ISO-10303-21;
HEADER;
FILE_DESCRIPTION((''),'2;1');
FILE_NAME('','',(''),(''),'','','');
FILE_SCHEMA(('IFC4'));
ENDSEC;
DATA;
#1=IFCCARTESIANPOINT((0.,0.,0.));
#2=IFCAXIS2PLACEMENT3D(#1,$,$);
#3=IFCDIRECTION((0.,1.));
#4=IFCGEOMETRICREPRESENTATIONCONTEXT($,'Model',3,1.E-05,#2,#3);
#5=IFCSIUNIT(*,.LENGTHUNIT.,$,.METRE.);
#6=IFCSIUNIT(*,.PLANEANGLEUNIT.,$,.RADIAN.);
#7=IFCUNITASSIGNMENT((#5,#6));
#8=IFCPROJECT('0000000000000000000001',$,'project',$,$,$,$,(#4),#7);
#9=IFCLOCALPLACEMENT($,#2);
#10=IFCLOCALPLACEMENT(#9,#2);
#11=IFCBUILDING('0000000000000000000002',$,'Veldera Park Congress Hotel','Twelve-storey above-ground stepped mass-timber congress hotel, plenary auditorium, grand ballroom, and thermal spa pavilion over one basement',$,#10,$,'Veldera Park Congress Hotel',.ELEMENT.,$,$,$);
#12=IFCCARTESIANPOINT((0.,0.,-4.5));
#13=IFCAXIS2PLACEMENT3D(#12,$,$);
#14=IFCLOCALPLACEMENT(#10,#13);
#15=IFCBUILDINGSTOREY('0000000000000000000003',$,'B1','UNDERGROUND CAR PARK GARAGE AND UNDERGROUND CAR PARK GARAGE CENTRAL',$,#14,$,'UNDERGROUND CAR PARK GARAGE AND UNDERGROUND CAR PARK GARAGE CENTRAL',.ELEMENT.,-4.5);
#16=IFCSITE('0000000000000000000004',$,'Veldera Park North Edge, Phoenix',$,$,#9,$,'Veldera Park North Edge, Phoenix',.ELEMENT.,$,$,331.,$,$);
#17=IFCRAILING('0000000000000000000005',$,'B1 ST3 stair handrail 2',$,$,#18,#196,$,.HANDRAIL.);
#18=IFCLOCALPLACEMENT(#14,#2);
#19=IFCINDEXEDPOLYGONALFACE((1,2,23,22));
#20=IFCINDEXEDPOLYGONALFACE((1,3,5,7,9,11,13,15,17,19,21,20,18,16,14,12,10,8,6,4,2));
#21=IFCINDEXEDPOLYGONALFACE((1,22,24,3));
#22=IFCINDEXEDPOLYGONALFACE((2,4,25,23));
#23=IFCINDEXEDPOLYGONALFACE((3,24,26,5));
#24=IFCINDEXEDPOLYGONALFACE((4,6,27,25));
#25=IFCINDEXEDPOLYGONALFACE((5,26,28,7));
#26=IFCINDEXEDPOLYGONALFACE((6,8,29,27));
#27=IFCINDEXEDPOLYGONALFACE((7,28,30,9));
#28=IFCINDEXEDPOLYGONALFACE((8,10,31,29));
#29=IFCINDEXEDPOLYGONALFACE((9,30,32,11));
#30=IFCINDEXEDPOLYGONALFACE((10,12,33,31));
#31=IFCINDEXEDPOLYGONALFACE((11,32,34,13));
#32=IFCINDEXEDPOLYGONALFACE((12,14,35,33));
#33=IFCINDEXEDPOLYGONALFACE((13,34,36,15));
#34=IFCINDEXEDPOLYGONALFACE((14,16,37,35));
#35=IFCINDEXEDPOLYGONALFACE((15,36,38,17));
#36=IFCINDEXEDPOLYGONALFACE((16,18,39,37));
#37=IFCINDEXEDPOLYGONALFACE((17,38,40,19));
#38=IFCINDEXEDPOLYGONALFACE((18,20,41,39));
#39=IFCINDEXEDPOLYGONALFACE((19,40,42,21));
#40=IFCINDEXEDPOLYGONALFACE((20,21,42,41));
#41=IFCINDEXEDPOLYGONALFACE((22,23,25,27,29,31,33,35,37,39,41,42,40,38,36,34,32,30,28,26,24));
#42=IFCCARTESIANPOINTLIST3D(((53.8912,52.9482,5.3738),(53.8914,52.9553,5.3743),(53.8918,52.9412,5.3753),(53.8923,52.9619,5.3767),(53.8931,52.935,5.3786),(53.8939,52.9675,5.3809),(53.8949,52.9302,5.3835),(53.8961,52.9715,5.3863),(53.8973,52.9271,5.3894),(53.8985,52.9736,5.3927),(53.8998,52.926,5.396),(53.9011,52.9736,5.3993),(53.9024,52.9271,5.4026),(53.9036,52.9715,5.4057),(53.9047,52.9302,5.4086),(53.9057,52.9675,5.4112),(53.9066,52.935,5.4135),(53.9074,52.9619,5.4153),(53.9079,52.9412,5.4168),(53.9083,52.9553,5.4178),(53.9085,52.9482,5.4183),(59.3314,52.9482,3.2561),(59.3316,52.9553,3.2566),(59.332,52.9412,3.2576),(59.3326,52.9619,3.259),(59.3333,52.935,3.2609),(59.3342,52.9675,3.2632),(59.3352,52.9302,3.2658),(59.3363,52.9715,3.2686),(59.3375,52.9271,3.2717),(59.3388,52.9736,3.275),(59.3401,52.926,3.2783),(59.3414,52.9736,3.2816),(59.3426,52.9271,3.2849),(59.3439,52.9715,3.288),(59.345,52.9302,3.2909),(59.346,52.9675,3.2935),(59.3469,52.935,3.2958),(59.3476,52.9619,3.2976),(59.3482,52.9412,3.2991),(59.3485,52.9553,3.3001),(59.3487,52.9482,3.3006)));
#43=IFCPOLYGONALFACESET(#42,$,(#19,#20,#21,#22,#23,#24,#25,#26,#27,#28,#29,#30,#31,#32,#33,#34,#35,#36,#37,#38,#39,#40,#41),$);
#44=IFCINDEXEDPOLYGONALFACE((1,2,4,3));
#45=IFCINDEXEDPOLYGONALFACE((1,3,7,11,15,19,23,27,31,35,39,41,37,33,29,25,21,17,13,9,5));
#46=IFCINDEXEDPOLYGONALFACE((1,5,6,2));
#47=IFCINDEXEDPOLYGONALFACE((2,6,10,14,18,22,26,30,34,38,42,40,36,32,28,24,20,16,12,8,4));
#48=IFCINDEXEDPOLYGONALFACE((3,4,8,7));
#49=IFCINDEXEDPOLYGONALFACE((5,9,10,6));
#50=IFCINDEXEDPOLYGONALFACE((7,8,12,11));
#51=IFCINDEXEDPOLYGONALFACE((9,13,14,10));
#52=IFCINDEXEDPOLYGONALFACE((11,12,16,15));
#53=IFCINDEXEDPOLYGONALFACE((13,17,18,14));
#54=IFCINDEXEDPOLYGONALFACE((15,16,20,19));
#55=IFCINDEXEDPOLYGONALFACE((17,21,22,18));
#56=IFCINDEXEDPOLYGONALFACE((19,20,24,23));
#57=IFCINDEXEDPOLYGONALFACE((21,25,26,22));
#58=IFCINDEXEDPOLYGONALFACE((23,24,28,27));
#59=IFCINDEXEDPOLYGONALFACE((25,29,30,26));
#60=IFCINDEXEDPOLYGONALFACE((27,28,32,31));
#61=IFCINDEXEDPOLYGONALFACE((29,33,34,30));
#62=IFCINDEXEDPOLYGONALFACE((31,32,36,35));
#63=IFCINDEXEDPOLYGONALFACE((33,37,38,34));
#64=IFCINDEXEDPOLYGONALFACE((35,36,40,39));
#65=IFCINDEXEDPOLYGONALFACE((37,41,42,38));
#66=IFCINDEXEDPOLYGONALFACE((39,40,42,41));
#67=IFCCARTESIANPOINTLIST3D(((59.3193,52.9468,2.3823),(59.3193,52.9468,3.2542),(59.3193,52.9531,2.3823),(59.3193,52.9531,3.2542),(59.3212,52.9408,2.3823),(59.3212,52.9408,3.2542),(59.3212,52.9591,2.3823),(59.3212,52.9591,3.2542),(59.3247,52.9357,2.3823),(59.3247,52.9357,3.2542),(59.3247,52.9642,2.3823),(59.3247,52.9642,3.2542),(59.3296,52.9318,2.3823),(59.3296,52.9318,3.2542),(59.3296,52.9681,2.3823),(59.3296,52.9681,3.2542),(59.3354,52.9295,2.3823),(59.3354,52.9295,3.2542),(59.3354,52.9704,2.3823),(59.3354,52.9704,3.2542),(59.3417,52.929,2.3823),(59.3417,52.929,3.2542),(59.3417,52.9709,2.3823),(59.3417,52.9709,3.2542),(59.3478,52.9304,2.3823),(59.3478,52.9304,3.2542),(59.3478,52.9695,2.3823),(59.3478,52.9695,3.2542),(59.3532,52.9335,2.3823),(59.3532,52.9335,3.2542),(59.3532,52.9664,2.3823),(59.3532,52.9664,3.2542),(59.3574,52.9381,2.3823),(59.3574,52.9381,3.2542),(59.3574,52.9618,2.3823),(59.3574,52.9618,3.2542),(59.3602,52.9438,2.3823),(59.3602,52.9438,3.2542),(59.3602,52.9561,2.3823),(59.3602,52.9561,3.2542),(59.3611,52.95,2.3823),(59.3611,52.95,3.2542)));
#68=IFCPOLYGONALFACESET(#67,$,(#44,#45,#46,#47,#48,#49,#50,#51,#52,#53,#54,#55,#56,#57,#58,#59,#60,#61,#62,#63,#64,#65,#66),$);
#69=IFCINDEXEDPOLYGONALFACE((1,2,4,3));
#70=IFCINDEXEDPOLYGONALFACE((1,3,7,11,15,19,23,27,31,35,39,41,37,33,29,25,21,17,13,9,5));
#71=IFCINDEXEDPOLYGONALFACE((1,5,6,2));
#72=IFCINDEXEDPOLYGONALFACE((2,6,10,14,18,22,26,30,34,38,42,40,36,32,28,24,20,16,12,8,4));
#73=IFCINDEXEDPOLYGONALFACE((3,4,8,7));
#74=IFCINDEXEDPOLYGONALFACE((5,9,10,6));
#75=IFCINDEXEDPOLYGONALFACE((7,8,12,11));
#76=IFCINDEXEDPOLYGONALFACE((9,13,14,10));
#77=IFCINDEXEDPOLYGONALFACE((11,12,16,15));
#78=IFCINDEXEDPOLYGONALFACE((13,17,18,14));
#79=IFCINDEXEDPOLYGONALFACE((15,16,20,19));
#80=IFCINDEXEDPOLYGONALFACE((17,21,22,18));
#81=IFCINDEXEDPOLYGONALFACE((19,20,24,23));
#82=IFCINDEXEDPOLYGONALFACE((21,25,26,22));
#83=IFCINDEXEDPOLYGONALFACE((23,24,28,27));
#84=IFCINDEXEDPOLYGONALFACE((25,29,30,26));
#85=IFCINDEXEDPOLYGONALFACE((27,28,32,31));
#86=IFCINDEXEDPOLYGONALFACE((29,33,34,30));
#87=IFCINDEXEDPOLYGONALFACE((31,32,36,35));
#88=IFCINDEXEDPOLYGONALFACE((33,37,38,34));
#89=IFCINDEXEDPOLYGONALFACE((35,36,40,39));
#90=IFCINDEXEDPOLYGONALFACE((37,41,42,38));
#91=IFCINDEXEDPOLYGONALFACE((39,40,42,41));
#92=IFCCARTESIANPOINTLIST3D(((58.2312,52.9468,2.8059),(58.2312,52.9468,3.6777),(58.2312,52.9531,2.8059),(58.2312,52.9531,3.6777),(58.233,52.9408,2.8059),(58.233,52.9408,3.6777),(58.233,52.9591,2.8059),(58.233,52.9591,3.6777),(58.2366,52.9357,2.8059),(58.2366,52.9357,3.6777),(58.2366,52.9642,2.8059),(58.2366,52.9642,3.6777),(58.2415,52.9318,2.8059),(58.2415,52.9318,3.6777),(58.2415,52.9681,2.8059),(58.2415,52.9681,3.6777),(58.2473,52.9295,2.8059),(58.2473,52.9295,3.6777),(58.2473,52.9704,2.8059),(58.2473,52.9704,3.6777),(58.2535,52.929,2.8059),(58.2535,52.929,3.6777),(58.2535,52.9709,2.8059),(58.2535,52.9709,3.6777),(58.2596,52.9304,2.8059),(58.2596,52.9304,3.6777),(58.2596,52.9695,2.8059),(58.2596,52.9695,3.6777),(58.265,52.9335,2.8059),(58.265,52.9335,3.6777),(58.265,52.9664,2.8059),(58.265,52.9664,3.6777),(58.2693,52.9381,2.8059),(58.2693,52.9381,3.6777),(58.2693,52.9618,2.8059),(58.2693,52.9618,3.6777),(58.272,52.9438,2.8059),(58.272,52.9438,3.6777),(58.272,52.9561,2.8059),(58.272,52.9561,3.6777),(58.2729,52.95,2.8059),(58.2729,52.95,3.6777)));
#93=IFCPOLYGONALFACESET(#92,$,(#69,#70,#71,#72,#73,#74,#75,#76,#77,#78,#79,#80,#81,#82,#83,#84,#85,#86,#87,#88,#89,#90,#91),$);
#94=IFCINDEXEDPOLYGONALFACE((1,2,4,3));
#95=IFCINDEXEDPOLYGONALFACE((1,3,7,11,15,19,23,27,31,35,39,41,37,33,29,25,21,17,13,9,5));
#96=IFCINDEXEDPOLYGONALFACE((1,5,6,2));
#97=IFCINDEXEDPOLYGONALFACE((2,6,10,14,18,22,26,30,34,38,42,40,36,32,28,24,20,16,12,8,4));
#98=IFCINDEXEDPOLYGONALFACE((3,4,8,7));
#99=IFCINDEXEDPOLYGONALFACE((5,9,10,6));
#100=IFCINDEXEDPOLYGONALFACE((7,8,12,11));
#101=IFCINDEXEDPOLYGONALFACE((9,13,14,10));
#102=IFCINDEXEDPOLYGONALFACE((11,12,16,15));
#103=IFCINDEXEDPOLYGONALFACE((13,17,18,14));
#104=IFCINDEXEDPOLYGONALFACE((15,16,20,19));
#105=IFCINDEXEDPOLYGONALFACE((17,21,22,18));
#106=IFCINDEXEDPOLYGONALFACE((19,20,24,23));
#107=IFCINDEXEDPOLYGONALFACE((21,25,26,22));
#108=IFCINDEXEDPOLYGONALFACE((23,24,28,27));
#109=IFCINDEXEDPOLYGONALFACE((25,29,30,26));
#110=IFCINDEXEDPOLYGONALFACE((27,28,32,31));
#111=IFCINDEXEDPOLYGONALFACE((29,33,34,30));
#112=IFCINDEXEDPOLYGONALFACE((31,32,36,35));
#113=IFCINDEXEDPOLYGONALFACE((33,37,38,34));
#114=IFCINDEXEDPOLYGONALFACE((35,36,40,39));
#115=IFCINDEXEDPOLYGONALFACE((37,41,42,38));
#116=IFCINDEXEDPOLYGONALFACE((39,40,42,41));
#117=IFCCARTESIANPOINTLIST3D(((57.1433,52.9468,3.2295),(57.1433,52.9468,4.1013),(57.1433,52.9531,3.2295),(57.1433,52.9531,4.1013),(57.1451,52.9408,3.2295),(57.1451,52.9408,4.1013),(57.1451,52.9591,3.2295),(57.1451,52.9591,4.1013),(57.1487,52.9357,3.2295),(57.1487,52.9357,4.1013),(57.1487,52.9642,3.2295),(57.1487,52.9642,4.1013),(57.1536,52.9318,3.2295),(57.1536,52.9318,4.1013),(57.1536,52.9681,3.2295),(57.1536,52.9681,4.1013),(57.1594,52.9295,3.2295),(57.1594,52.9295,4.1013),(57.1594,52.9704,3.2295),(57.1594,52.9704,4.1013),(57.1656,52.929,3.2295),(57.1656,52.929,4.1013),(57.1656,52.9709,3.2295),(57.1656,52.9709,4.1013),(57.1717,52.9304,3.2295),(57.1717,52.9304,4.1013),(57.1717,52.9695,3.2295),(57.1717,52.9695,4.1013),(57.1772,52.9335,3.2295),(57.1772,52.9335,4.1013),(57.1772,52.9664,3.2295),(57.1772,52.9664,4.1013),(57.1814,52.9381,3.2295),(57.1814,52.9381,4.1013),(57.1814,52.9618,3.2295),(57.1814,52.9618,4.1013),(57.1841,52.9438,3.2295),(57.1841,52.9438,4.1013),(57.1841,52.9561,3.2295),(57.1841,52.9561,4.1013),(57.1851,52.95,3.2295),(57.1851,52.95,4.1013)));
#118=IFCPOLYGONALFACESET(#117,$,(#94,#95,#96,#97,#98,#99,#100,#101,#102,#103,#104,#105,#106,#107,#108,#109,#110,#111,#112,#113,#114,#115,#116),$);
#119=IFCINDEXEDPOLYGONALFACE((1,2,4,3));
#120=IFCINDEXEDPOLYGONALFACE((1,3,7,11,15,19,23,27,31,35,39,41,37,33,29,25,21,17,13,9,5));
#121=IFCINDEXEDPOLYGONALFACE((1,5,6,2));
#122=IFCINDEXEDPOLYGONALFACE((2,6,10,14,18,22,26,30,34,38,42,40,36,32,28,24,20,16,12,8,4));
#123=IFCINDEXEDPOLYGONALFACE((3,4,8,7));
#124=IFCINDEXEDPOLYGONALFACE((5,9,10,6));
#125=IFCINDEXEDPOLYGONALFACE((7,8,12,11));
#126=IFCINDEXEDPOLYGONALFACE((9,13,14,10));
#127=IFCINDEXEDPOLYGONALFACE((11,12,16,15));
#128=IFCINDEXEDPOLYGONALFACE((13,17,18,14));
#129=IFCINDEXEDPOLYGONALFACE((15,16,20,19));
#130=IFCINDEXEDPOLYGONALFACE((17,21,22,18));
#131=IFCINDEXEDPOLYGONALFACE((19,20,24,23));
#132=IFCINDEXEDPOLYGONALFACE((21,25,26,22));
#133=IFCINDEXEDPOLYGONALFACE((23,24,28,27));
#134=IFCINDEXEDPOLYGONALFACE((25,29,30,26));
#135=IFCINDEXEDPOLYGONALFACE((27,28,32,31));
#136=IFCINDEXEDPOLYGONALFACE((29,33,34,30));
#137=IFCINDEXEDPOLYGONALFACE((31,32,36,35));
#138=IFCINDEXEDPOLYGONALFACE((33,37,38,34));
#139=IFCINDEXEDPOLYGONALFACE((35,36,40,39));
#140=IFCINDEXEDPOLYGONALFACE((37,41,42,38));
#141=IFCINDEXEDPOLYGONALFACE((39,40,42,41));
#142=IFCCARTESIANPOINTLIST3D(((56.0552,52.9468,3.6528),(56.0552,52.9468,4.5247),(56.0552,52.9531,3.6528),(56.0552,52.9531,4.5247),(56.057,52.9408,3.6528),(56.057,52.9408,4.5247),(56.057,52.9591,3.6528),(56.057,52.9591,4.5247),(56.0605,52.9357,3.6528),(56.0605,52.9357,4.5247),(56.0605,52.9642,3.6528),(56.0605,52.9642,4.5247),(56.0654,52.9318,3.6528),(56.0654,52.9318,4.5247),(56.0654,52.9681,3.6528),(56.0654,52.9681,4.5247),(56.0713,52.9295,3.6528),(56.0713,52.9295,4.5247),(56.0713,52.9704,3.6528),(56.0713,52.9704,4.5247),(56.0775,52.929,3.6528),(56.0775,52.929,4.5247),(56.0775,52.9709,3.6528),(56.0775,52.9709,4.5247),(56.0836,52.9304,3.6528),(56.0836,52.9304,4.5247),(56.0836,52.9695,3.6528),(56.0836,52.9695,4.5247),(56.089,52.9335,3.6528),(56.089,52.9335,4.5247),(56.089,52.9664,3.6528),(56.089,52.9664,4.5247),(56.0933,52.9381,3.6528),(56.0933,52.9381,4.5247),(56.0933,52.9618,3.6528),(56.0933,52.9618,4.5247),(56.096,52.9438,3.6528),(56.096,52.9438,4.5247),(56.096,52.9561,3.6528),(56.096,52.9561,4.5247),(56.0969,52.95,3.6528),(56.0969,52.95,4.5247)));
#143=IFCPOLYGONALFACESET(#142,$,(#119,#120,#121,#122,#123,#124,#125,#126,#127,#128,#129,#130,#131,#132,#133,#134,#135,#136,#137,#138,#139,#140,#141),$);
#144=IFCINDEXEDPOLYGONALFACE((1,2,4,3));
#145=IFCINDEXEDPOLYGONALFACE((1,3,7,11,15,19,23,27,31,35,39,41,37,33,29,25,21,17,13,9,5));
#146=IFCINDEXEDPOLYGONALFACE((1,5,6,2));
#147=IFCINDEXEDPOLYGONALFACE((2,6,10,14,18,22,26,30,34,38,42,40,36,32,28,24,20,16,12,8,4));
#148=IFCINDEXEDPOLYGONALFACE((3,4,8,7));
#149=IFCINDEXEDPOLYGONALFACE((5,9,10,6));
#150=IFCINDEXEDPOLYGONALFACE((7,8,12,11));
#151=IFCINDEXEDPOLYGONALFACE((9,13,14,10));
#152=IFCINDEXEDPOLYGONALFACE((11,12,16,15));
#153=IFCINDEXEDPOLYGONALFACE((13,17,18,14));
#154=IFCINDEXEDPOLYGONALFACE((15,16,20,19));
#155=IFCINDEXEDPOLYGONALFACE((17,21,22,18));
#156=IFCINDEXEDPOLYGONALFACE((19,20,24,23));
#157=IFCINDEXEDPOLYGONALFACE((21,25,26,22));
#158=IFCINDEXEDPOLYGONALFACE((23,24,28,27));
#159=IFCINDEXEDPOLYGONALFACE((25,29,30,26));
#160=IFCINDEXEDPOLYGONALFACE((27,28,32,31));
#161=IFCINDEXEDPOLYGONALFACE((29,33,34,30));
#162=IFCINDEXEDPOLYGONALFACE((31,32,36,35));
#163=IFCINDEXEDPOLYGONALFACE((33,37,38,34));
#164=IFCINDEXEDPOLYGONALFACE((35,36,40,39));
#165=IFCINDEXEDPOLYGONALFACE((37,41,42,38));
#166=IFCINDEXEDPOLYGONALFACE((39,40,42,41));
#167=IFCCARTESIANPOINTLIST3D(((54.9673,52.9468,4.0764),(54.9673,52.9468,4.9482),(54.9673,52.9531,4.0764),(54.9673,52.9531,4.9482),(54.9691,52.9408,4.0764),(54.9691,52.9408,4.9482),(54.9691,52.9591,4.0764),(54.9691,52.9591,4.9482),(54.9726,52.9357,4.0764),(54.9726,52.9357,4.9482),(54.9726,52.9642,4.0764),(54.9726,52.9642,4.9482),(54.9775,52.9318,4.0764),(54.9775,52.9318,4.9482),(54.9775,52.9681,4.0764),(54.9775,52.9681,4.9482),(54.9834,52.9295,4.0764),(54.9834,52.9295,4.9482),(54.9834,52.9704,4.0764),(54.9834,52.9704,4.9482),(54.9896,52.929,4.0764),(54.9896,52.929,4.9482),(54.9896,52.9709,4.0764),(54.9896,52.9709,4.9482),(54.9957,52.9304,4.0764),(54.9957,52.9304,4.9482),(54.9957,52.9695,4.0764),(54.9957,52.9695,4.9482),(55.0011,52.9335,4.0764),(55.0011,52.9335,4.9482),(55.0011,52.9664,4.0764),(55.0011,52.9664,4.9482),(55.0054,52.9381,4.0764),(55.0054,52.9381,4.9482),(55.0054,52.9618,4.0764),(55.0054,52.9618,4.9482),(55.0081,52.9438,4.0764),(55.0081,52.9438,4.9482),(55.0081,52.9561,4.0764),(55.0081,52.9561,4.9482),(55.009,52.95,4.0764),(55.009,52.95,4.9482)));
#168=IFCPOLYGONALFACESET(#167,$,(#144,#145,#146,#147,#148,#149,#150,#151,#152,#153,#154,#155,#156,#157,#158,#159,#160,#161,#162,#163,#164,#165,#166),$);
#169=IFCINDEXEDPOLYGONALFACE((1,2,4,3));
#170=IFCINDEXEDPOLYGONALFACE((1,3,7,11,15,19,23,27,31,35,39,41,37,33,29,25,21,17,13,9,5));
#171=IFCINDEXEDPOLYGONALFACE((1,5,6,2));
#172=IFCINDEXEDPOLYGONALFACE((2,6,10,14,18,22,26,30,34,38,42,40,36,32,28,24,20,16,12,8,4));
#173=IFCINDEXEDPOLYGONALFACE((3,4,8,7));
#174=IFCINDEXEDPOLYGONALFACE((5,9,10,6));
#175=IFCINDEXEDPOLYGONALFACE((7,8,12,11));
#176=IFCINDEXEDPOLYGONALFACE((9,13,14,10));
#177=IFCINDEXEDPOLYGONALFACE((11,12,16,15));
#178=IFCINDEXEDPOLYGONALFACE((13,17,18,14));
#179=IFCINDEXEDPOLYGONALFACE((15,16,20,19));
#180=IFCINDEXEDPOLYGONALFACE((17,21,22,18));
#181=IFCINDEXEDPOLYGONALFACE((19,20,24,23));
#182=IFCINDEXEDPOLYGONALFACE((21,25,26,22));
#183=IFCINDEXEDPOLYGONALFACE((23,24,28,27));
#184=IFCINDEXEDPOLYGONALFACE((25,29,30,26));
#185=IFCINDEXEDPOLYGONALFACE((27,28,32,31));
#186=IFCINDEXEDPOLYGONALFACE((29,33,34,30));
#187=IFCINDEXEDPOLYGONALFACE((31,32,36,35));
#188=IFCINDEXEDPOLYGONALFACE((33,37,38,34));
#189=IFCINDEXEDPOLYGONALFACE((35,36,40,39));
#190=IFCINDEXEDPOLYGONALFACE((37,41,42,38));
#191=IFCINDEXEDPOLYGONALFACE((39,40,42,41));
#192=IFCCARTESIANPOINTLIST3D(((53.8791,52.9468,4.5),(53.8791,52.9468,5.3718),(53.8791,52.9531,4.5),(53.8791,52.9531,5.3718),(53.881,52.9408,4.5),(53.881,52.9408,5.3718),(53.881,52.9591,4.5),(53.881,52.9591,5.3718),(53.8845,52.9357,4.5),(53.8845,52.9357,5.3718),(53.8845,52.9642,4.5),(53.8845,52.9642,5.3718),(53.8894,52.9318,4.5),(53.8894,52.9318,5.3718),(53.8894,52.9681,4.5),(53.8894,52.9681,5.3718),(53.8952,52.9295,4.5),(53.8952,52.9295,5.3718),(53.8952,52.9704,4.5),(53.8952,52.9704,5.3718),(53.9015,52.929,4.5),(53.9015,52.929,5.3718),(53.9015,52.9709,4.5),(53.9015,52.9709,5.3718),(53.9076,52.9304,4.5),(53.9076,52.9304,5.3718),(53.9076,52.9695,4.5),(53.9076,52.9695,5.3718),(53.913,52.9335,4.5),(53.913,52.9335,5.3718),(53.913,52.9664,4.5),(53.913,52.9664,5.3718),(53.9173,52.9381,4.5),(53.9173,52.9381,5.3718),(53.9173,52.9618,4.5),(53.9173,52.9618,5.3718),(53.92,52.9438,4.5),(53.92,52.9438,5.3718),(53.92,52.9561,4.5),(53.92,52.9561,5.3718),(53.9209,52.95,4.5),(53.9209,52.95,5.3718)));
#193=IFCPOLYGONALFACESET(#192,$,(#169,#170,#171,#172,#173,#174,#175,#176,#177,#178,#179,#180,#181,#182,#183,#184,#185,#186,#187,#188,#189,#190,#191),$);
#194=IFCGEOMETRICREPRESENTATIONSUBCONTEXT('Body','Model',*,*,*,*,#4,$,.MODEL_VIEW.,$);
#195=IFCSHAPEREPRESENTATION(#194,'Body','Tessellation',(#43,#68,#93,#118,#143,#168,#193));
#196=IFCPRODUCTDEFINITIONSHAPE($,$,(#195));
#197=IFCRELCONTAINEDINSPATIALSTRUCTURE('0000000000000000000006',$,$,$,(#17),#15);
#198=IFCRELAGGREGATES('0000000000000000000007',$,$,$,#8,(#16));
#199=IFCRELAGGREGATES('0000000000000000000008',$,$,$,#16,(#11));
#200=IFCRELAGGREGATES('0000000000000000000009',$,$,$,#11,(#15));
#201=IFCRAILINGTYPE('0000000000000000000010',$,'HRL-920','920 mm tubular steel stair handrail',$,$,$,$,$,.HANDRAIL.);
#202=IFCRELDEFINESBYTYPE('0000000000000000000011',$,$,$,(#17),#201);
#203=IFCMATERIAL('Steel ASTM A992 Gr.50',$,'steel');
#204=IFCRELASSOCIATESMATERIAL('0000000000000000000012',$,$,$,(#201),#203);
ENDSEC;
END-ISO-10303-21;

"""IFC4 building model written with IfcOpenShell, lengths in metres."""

from ifc_helpers import new_model, si_unit, direction, frame, origin, origin_2d, place, context, subcontext, project, spatial, circle, extrude, material, type_object, element, save


model = new_model("IFC4")

# Units and contexts
model_context = context("Model", 3, precision=1e-05, world=origin(), true_north=direction((0.0, 1.0)))
body_context = subcontext(model_context, "Body", "Model", "MODEL_VIEW")
ifc_project = project(units=[si_unit("LENGTHUNIT", "METRE"), si_unit("PLANEANGLEUNIT", "RADIAN")], contexts=[model_context])

# Site, building, storey
site_placement = place(None, origin())
site = spatial("IfcSite", under=ifc_project, at=site_placement, Name="Veldera Park North Edge, Phoenix", LongName="Veldera Park North Edge, Phoenix", CompositionType="ELEMENT", RefElevation=331.0)
building_placement = place(site_placement, origin())
building = spatial("IfcBuilding", under=site, at=building_placement, Name="Veldera Park Congress Hotel", Description="Twelve-storey above-ground stepped mass-timber congress hotel, plenary auditorium, grand ballroom, and thermal spa pavilion over one basement", LongName="Veldera Park Congress Hotel", CompositionType="ELEMENT")
storey_placement = place(building_placement, frame((0.0, 0.0, -4.5)))
storey = spatial("IfcBuildingStorey", under=building, at=storey_placement, Name="B1", Description="UNDERGROUND CAR PARK GARAGE AND UNDERGROUND CAR PARK GARAGE CENTRAL", LongName="UNDERGROUND CAR PARK GARAGE AND UNDERGROUND CAR PARK GARAGE CENTRAL", CompositionType="ELEMENT", Elevation=-4.5)

# Railing
ifc_material_1 = material(Name="Steel ASTM A992 Gr.50", Category="steel")
railing_type_1 = type_object("IfcRailingType", Name="HRL-920", Description="920 mm tubular steel stair handrail", PredefinedType="HANDRAIL", material=ifc_material_1)
railing_1_placement = place(storey_placement, frame((59.3401, 52.95, 2.3823)))
element("IfcRailing", 1, at=railing_1_placement, inside=storey, type_object=railing_type_1, Name="B1 ST3 stair handrail 2", PredefinedType="HANDRAIL", context=body_context, shape_type="SweptSolid", body=[
    extrude(circle(Radius=0.0239, at=origin_2d()), frame((0.0, 0.0, 0.896), z_axis=(-0.931886, 0.0, 0.362751), x_axis=(0.0, -1.0, 0.0)), (0.0, 0.0, 1.0), 5.8379),
    extrude(circle(Radius=0.021, at=origin_2d()), origin(), (0.0, 0.0, 1.0), 0.8718),
    extrude(circle(Radius=0.021, at=origin_2d()), frame((-1.0881, 0.0, 0.4236)), (0.0, 0.0, 1.0), 0.8718),
    extrude(circle(Radius=0.021, at=origin_2d()), frame((-2.176, 0.0, 0.8472)), (0.0, 0.0, 1.0), 0.8718),
    extrude(circle(Radius=0.021, at=origin_2d()), frame((-3.2642, 0.0, 1.2705)), (0.0, 0.0, 1.0), 0.8718),
    extrude(circle(Radius=0.021, at=origin_2d()), frame((-4.3521, 0.0, 1.6941)), (0.0, 0.0, 1.0), 0.8718),
    extrude(circle(Radius=0.021, at=origin_2d()), frame((-5.4402, 0.0, 2.1177)), (0.0, 0.0, 1.0), 0.8718),
])

save(model, "model.ifc")
